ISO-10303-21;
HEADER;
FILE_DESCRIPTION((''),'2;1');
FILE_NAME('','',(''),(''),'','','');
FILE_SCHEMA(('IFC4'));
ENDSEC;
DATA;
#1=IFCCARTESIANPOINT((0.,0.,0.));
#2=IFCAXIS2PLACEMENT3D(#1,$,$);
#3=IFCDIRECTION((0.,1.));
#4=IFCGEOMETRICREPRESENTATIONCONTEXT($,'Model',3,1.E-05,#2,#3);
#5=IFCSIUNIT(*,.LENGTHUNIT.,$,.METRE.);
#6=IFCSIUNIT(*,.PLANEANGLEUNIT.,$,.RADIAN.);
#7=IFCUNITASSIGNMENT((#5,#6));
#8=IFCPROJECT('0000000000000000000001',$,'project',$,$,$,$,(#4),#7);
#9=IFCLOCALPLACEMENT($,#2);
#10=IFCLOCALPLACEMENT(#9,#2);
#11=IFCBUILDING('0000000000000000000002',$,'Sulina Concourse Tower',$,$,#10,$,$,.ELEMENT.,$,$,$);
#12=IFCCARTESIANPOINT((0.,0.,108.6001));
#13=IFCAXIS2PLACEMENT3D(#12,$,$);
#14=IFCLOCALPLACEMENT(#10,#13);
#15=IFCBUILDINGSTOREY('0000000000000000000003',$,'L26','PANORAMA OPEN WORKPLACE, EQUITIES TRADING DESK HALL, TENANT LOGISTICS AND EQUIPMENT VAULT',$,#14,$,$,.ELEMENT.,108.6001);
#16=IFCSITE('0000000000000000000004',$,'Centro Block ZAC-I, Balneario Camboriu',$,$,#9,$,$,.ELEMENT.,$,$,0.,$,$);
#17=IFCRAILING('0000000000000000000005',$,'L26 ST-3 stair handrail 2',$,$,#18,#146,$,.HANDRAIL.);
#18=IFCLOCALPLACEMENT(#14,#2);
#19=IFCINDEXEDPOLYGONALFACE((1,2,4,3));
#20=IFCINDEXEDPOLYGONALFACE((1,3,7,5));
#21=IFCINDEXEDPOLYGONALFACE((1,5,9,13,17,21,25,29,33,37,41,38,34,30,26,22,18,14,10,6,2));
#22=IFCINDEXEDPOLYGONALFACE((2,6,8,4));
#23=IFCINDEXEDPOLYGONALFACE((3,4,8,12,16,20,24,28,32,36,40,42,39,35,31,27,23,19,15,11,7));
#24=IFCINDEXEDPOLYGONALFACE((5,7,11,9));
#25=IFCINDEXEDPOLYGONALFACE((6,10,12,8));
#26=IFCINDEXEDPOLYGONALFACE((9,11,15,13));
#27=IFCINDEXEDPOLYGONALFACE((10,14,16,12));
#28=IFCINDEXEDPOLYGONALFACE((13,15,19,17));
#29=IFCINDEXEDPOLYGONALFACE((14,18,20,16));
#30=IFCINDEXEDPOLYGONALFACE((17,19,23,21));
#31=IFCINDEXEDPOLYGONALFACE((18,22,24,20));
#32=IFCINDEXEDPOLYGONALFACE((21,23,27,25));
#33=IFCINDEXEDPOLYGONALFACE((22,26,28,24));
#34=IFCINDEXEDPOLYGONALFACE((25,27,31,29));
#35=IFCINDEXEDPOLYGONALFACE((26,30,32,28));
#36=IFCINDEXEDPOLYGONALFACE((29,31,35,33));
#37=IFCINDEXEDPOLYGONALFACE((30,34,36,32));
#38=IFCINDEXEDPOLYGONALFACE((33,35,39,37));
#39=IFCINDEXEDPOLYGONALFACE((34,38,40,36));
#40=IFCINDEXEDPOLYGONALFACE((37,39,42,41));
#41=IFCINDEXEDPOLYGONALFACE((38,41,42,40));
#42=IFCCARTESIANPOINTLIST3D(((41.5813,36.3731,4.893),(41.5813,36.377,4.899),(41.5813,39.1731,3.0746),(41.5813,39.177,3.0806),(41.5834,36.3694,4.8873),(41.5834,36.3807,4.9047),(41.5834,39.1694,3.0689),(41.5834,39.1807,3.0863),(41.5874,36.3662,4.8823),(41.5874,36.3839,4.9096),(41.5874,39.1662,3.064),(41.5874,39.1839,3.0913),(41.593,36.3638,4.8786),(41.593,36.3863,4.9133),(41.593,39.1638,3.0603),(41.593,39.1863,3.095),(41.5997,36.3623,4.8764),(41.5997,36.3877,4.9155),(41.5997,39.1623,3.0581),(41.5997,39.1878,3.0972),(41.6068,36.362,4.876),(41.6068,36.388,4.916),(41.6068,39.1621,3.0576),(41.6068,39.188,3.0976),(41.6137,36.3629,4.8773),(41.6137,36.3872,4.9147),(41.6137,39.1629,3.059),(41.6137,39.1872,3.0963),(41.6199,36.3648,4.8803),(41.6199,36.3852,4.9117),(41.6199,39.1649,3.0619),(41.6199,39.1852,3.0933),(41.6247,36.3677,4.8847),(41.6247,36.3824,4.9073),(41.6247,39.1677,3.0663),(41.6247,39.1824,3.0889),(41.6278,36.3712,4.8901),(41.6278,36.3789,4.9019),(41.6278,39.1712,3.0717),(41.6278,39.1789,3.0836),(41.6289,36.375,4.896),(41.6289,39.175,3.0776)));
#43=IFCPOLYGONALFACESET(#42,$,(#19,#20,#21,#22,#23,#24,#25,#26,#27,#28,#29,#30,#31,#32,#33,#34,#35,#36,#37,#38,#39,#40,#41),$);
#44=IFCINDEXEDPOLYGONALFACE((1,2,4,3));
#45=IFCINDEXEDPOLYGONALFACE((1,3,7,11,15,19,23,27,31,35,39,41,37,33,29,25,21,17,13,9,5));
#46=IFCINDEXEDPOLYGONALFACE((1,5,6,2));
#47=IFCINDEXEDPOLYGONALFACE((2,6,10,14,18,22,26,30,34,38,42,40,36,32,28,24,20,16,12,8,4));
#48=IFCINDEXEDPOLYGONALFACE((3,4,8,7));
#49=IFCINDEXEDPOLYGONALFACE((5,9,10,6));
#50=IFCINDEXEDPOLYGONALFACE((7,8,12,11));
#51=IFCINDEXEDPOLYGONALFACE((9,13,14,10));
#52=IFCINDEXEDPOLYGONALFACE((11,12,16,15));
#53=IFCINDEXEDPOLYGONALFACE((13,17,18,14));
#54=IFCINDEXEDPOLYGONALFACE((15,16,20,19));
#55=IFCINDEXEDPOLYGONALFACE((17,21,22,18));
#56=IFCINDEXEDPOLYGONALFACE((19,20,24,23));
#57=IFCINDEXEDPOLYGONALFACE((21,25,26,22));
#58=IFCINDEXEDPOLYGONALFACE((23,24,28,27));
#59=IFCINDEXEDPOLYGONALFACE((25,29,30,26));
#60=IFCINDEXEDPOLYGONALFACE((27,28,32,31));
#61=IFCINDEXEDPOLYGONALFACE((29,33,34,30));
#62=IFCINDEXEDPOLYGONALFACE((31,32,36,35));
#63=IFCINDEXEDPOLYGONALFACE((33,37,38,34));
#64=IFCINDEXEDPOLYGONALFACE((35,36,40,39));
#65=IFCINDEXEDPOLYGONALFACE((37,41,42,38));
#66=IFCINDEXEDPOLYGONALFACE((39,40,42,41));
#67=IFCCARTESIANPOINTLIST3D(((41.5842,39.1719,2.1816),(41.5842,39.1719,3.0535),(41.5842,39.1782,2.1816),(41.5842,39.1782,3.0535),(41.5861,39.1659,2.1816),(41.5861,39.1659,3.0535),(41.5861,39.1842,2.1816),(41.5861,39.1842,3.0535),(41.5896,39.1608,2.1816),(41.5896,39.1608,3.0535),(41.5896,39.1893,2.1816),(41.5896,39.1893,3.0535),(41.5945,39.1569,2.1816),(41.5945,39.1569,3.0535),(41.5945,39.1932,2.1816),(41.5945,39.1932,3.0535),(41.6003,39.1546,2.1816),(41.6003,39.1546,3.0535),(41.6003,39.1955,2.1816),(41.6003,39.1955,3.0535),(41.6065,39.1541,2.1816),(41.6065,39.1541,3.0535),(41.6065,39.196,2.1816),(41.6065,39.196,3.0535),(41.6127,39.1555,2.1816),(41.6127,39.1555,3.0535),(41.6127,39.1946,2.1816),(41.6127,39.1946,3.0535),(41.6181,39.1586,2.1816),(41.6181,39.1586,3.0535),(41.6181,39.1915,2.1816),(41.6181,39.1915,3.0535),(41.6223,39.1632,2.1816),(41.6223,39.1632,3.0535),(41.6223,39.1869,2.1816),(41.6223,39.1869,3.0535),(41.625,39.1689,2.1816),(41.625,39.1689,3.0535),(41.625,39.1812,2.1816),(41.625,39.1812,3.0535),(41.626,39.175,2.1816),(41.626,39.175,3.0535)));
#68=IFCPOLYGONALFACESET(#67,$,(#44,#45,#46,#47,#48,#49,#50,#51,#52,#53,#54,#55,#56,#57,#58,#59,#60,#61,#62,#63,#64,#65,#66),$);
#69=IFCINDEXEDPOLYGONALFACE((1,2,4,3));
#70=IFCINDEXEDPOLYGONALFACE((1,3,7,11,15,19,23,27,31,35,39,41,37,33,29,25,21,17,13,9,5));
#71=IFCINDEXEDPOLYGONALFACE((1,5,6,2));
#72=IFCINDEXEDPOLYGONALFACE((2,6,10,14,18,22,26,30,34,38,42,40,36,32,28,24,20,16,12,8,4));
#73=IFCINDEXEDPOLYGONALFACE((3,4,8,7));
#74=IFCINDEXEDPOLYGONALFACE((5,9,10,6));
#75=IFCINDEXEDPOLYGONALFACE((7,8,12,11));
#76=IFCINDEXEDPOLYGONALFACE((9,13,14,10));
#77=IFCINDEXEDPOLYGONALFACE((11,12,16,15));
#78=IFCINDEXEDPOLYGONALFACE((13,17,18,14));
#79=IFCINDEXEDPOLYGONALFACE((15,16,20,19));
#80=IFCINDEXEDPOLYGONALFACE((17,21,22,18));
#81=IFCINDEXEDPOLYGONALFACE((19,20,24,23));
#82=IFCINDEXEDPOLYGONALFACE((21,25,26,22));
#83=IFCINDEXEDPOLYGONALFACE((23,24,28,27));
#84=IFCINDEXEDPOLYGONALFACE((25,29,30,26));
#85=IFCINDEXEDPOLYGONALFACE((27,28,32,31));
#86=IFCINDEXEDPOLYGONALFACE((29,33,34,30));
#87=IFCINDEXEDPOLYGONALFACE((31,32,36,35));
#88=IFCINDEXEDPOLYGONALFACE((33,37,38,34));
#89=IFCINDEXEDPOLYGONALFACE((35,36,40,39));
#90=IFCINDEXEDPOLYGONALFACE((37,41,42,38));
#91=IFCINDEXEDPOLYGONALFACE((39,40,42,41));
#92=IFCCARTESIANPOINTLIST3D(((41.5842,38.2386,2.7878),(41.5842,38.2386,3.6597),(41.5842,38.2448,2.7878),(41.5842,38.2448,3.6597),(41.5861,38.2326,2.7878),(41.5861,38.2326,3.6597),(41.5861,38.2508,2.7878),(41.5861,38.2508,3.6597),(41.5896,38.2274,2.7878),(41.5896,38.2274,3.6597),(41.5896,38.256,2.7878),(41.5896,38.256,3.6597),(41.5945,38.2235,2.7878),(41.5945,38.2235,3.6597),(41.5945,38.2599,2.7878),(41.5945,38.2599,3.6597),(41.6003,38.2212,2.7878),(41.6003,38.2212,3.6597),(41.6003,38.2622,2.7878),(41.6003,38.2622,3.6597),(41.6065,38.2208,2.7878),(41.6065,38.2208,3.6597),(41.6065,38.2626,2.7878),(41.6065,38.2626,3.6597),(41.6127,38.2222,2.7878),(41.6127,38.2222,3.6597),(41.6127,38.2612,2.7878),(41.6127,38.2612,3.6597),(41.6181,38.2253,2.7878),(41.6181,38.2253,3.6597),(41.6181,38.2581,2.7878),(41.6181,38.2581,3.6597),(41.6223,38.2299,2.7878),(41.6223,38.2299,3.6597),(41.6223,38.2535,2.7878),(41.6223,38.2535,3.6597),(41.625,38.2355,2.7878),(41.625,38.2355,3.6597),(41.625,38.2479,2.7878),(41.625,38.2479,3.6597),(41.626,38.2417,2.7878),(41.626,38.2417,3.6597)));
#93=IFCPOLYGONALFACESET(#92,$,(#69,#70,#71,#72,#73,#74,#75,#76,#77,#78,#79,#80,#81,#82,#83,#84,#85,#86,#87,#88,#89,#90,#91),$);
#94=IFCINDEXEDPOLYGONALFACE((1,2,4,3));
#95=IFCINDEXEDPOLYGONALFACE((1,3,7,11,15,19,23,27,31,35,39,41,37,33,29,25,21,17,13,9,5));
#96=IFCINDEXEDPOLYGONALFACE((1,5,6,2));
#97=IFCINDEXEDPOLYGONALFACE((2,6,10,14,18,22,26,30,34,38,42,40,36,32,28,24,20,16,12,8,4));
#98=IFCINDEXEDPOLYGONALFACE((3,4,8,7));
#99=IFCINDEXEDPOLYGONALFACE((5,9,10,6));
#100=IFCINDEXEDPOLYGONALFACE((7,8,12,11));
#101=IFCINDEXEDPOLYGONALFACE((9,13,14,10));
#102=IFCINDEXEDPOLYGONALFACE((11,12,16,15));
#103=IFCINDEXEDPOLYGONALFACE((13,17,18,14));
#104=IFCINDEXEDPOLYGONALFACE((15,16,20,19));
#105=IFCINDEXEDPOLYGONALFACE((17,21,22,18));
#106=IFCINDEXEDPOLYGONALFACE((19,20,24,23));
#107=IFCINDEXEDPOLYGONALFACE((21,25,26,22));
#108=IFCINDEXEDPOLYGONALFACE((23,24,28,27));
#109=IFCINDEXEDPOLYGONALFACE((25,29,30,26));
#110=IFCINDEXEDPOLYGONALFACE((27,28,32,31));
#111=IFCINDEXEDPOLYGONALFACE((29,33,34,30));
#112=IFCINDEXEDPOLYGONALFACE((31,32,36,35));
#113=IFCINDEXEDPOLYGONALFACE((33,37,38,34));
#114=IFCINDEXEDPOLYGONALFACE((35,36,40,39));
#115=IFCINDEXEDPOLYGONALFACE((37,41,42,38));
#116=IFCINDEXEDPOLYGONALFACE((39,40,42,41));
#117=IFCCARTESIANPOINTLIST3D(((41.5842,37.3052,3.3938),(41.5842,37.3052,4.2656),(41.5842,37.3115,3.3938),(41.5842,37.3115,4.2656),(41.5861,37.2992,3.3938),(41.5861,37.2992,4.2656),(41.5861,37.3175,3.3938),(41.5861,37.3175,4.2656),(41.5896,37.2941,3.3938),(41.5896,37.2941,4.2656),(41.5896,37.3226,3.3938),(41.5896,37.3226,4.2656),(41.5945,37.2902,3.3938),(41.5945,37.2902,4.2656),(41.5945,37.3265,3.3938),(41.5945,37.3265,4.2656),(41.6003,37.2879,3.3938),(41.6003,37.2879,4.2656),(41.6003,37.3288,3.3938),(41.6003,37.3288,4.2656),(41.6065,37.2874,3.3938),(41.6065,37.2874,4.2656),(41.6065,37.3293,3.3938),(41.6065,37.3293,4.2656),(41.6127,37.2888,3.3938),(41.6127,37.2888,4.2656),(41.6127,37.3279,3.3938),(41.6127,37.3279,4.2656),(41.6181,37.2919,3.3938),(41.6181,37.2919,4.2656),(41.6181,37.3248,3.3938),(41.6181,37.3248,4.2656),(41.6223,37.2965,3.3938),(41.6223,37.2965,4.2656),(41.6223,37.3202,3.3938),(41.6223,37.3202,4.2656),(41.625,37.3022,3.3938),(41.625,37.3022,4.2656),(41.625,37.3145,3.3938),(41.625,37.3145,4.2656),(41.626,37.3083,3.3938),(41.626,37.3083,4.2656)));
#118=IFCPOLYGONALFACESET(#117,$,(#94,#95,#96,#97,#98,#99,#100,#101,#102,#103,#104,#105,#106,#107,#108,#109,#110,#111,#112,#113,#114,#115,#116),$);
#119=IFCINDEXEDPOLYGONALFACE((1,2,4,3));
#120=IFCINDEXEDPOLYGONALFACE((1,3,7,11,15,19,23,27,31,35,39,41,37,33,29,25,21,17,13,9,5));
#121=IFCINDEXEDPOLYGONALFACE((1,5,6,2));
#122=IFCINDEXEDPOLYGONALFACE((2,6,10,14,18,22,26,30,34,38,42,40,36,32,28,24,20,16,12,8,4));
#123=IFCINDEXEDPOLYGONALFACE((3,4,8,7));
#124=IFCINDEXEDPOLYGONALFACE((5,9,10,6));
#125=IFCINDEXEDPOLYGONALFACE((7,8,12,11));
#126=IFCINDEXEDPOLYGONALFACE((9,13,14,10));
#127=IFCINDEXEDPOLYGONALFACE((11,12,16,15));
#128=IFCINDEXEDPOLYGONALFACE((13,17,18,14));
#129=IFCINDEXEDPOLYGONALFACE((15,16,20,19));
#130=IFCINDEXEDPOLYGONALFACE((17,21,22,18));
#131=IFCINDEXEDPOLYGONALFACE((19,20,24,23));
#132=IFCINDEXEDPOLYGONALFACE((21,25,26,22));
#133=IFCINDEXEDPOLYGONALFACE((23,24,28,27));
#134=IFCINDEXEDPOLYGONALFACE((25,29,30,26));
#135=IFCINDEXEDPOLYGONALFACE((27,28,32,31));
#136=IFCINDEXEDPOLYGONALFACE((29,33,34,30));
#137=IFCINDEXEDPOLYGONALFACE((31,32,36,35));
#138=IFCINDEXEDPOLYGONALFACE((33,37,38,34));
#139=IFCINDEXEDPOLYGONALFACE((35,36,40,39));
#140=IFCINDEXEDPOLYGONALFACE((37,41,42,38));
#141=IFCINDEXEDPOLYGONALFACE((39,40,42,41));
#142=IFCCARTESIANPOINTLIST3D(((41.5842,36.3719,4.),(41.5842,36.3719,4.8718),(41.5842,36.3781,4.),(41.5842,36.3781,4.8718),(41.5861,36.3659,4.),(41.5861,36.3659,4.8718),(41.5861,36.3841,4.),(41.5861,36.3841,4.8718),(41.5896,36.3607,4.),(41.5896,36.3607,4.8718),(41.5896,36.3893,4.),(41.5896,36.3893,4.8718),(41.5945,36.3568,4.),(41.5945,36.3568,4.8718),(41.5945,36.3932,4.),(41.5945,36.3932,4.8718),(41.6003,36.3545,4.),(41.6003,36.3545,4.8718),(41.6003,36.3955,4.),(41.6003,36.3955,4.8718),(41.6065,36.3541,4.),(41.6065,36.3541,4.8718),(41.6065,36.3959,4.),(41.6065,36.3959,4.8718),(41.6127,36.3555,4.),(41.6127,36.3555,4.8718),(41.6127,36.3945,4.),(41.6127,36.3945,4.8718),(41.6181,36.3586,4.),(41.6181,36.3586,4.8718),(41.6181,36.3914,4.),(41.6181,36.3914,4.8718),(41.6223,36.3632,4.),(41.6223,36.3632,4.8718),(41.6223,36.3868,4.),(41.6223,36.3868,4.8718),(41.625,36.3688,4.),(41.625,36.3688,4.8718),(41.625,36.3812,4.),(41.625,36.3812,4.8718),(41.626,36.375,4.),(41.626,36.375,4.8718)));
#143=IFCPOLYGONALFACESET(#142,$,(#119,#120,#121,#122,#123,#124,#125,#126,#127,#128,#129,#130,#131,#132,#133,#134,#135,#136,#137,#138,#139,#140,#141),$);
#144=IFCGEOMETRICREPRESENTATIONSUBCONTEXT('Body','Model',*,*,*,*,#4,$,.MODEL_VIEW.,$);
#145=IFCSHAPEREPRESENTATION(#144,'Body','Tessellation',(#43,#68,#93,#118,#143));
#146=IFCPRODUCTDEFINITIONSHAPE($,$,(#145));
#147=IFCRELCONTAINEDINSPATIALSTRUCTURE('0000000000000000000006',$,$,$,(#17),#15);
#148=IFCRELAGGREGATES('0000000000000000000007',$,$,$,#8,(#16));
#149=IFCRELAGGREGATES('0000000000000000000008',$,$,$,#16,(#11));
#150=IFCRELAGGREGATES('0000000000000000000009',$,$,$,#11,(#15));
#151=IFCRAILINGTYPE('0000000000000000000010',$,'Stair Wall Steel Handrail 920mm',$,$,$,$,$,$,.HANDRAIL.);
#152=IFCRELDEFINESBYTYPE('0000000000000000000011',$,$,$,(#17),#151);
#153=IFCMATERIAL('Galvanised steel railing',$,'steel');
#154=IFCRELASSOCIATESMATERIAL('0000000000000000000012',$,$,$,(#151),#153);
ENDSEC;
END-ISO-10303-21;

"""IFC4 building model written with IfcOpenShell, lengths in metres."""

from ifc_helpers import new_model, si_unit, direction, frame, origin, origin_2d, place, context, subcontext, project, spatial, circle, extrude, material, type_object, element, save


model = new_model("IFC4")

# Units and contexts
model_context = context("Model", 3, precision=1e-05, world=origin(), true_north=direction((0.0, 1.0)))
body_context = subcontext(model_context, "Body", "Model", "MODEL_VIEW")
ifc_project = project(units=[si_unit("LENGTHUNIT", "METRE"), si_unit("PLANEANGLEUNIT", "RADIAN")], contexts=[model_context])

# Site, building, storey
site_placement = place(None, origin())
site = spatial("IfcSite", under=ifc_project, at=site_placement, Name="Centro Block ZAC-I, Balneario Camboriu", CompositionType="ELEMENT", RefElevation=0.0)
building_placement = place(site_placement, origin())
building = spatial("IfcBuilding", under=site, at=building_placement, Name="Sulina Concourse Tower", CompositionType="ELEMENT")
storey_placement = place(building_placement, frame((0.0, 0.0, 108.6001)))
storey = spatial("IfcBuildingStorey", under=building, at=storey_placement, Name="L26", Description="PANORAMA OPEN WORKPLACE, EQUITIES TRADING DESK HALL, TENANT LOGISTICS AND EQUIPMENT VAULT", CompositionType="ELEMENT", Elevation=108.6001)

# Railing
ifc_material_1 = material(Name="Galvanised steel railing", Category="steel")
railing_type_1 = type_object("IfcRailingType", Name="Stair Wall Steel Handrail 920mm", PredefinedType="HANDRAIL", material=ifc_material_1)
railing_1_placement = place(storey_placement, frame((41.605, 39.175, 2.1816)))
element("IfcRailing", 1, at=railing_1_placement, inside=storey, type_object=railing_type_1, Name="L26 ST-3 stair handrail 2", PredefinedType="HANDRAIL", context=body_context, shape_type="SweptSolid", body=[
    extrude(circle(Radius=0.0239, at=origin_2d()), frame((0.0, 0.0, 0.896), z_axis=(0.0, -0.838672, 0.544636), x_axis=(1.0, 0.0, 0.0)), (0.0, 0.0, 1.0), 3.3386),
    extrude(circle(Radius=0.021, at=origin_2d()), origin(), (0.0, 0.0, 1.0), 0.8718),
    extrude(circle(Radius=0.021, at=origin_2d()), frame((0.0, -0.9333, 0.6062)), (0.0, 0.0, 1.0), 0.8718),
    extrude(circle(Radius=0.021, at=origin_2d()), frame((0.0, -1.8667, 1.2122)), (0.0, 0.0, 1.0), 0.8718),
    extrude(circle(Radius=0.021, at=origin_2d()), frame((0.0, -2.8, 1.8184)), (0.0, 0.0, 1.0), 0.8718),
])

save(model, "model.ifc")
